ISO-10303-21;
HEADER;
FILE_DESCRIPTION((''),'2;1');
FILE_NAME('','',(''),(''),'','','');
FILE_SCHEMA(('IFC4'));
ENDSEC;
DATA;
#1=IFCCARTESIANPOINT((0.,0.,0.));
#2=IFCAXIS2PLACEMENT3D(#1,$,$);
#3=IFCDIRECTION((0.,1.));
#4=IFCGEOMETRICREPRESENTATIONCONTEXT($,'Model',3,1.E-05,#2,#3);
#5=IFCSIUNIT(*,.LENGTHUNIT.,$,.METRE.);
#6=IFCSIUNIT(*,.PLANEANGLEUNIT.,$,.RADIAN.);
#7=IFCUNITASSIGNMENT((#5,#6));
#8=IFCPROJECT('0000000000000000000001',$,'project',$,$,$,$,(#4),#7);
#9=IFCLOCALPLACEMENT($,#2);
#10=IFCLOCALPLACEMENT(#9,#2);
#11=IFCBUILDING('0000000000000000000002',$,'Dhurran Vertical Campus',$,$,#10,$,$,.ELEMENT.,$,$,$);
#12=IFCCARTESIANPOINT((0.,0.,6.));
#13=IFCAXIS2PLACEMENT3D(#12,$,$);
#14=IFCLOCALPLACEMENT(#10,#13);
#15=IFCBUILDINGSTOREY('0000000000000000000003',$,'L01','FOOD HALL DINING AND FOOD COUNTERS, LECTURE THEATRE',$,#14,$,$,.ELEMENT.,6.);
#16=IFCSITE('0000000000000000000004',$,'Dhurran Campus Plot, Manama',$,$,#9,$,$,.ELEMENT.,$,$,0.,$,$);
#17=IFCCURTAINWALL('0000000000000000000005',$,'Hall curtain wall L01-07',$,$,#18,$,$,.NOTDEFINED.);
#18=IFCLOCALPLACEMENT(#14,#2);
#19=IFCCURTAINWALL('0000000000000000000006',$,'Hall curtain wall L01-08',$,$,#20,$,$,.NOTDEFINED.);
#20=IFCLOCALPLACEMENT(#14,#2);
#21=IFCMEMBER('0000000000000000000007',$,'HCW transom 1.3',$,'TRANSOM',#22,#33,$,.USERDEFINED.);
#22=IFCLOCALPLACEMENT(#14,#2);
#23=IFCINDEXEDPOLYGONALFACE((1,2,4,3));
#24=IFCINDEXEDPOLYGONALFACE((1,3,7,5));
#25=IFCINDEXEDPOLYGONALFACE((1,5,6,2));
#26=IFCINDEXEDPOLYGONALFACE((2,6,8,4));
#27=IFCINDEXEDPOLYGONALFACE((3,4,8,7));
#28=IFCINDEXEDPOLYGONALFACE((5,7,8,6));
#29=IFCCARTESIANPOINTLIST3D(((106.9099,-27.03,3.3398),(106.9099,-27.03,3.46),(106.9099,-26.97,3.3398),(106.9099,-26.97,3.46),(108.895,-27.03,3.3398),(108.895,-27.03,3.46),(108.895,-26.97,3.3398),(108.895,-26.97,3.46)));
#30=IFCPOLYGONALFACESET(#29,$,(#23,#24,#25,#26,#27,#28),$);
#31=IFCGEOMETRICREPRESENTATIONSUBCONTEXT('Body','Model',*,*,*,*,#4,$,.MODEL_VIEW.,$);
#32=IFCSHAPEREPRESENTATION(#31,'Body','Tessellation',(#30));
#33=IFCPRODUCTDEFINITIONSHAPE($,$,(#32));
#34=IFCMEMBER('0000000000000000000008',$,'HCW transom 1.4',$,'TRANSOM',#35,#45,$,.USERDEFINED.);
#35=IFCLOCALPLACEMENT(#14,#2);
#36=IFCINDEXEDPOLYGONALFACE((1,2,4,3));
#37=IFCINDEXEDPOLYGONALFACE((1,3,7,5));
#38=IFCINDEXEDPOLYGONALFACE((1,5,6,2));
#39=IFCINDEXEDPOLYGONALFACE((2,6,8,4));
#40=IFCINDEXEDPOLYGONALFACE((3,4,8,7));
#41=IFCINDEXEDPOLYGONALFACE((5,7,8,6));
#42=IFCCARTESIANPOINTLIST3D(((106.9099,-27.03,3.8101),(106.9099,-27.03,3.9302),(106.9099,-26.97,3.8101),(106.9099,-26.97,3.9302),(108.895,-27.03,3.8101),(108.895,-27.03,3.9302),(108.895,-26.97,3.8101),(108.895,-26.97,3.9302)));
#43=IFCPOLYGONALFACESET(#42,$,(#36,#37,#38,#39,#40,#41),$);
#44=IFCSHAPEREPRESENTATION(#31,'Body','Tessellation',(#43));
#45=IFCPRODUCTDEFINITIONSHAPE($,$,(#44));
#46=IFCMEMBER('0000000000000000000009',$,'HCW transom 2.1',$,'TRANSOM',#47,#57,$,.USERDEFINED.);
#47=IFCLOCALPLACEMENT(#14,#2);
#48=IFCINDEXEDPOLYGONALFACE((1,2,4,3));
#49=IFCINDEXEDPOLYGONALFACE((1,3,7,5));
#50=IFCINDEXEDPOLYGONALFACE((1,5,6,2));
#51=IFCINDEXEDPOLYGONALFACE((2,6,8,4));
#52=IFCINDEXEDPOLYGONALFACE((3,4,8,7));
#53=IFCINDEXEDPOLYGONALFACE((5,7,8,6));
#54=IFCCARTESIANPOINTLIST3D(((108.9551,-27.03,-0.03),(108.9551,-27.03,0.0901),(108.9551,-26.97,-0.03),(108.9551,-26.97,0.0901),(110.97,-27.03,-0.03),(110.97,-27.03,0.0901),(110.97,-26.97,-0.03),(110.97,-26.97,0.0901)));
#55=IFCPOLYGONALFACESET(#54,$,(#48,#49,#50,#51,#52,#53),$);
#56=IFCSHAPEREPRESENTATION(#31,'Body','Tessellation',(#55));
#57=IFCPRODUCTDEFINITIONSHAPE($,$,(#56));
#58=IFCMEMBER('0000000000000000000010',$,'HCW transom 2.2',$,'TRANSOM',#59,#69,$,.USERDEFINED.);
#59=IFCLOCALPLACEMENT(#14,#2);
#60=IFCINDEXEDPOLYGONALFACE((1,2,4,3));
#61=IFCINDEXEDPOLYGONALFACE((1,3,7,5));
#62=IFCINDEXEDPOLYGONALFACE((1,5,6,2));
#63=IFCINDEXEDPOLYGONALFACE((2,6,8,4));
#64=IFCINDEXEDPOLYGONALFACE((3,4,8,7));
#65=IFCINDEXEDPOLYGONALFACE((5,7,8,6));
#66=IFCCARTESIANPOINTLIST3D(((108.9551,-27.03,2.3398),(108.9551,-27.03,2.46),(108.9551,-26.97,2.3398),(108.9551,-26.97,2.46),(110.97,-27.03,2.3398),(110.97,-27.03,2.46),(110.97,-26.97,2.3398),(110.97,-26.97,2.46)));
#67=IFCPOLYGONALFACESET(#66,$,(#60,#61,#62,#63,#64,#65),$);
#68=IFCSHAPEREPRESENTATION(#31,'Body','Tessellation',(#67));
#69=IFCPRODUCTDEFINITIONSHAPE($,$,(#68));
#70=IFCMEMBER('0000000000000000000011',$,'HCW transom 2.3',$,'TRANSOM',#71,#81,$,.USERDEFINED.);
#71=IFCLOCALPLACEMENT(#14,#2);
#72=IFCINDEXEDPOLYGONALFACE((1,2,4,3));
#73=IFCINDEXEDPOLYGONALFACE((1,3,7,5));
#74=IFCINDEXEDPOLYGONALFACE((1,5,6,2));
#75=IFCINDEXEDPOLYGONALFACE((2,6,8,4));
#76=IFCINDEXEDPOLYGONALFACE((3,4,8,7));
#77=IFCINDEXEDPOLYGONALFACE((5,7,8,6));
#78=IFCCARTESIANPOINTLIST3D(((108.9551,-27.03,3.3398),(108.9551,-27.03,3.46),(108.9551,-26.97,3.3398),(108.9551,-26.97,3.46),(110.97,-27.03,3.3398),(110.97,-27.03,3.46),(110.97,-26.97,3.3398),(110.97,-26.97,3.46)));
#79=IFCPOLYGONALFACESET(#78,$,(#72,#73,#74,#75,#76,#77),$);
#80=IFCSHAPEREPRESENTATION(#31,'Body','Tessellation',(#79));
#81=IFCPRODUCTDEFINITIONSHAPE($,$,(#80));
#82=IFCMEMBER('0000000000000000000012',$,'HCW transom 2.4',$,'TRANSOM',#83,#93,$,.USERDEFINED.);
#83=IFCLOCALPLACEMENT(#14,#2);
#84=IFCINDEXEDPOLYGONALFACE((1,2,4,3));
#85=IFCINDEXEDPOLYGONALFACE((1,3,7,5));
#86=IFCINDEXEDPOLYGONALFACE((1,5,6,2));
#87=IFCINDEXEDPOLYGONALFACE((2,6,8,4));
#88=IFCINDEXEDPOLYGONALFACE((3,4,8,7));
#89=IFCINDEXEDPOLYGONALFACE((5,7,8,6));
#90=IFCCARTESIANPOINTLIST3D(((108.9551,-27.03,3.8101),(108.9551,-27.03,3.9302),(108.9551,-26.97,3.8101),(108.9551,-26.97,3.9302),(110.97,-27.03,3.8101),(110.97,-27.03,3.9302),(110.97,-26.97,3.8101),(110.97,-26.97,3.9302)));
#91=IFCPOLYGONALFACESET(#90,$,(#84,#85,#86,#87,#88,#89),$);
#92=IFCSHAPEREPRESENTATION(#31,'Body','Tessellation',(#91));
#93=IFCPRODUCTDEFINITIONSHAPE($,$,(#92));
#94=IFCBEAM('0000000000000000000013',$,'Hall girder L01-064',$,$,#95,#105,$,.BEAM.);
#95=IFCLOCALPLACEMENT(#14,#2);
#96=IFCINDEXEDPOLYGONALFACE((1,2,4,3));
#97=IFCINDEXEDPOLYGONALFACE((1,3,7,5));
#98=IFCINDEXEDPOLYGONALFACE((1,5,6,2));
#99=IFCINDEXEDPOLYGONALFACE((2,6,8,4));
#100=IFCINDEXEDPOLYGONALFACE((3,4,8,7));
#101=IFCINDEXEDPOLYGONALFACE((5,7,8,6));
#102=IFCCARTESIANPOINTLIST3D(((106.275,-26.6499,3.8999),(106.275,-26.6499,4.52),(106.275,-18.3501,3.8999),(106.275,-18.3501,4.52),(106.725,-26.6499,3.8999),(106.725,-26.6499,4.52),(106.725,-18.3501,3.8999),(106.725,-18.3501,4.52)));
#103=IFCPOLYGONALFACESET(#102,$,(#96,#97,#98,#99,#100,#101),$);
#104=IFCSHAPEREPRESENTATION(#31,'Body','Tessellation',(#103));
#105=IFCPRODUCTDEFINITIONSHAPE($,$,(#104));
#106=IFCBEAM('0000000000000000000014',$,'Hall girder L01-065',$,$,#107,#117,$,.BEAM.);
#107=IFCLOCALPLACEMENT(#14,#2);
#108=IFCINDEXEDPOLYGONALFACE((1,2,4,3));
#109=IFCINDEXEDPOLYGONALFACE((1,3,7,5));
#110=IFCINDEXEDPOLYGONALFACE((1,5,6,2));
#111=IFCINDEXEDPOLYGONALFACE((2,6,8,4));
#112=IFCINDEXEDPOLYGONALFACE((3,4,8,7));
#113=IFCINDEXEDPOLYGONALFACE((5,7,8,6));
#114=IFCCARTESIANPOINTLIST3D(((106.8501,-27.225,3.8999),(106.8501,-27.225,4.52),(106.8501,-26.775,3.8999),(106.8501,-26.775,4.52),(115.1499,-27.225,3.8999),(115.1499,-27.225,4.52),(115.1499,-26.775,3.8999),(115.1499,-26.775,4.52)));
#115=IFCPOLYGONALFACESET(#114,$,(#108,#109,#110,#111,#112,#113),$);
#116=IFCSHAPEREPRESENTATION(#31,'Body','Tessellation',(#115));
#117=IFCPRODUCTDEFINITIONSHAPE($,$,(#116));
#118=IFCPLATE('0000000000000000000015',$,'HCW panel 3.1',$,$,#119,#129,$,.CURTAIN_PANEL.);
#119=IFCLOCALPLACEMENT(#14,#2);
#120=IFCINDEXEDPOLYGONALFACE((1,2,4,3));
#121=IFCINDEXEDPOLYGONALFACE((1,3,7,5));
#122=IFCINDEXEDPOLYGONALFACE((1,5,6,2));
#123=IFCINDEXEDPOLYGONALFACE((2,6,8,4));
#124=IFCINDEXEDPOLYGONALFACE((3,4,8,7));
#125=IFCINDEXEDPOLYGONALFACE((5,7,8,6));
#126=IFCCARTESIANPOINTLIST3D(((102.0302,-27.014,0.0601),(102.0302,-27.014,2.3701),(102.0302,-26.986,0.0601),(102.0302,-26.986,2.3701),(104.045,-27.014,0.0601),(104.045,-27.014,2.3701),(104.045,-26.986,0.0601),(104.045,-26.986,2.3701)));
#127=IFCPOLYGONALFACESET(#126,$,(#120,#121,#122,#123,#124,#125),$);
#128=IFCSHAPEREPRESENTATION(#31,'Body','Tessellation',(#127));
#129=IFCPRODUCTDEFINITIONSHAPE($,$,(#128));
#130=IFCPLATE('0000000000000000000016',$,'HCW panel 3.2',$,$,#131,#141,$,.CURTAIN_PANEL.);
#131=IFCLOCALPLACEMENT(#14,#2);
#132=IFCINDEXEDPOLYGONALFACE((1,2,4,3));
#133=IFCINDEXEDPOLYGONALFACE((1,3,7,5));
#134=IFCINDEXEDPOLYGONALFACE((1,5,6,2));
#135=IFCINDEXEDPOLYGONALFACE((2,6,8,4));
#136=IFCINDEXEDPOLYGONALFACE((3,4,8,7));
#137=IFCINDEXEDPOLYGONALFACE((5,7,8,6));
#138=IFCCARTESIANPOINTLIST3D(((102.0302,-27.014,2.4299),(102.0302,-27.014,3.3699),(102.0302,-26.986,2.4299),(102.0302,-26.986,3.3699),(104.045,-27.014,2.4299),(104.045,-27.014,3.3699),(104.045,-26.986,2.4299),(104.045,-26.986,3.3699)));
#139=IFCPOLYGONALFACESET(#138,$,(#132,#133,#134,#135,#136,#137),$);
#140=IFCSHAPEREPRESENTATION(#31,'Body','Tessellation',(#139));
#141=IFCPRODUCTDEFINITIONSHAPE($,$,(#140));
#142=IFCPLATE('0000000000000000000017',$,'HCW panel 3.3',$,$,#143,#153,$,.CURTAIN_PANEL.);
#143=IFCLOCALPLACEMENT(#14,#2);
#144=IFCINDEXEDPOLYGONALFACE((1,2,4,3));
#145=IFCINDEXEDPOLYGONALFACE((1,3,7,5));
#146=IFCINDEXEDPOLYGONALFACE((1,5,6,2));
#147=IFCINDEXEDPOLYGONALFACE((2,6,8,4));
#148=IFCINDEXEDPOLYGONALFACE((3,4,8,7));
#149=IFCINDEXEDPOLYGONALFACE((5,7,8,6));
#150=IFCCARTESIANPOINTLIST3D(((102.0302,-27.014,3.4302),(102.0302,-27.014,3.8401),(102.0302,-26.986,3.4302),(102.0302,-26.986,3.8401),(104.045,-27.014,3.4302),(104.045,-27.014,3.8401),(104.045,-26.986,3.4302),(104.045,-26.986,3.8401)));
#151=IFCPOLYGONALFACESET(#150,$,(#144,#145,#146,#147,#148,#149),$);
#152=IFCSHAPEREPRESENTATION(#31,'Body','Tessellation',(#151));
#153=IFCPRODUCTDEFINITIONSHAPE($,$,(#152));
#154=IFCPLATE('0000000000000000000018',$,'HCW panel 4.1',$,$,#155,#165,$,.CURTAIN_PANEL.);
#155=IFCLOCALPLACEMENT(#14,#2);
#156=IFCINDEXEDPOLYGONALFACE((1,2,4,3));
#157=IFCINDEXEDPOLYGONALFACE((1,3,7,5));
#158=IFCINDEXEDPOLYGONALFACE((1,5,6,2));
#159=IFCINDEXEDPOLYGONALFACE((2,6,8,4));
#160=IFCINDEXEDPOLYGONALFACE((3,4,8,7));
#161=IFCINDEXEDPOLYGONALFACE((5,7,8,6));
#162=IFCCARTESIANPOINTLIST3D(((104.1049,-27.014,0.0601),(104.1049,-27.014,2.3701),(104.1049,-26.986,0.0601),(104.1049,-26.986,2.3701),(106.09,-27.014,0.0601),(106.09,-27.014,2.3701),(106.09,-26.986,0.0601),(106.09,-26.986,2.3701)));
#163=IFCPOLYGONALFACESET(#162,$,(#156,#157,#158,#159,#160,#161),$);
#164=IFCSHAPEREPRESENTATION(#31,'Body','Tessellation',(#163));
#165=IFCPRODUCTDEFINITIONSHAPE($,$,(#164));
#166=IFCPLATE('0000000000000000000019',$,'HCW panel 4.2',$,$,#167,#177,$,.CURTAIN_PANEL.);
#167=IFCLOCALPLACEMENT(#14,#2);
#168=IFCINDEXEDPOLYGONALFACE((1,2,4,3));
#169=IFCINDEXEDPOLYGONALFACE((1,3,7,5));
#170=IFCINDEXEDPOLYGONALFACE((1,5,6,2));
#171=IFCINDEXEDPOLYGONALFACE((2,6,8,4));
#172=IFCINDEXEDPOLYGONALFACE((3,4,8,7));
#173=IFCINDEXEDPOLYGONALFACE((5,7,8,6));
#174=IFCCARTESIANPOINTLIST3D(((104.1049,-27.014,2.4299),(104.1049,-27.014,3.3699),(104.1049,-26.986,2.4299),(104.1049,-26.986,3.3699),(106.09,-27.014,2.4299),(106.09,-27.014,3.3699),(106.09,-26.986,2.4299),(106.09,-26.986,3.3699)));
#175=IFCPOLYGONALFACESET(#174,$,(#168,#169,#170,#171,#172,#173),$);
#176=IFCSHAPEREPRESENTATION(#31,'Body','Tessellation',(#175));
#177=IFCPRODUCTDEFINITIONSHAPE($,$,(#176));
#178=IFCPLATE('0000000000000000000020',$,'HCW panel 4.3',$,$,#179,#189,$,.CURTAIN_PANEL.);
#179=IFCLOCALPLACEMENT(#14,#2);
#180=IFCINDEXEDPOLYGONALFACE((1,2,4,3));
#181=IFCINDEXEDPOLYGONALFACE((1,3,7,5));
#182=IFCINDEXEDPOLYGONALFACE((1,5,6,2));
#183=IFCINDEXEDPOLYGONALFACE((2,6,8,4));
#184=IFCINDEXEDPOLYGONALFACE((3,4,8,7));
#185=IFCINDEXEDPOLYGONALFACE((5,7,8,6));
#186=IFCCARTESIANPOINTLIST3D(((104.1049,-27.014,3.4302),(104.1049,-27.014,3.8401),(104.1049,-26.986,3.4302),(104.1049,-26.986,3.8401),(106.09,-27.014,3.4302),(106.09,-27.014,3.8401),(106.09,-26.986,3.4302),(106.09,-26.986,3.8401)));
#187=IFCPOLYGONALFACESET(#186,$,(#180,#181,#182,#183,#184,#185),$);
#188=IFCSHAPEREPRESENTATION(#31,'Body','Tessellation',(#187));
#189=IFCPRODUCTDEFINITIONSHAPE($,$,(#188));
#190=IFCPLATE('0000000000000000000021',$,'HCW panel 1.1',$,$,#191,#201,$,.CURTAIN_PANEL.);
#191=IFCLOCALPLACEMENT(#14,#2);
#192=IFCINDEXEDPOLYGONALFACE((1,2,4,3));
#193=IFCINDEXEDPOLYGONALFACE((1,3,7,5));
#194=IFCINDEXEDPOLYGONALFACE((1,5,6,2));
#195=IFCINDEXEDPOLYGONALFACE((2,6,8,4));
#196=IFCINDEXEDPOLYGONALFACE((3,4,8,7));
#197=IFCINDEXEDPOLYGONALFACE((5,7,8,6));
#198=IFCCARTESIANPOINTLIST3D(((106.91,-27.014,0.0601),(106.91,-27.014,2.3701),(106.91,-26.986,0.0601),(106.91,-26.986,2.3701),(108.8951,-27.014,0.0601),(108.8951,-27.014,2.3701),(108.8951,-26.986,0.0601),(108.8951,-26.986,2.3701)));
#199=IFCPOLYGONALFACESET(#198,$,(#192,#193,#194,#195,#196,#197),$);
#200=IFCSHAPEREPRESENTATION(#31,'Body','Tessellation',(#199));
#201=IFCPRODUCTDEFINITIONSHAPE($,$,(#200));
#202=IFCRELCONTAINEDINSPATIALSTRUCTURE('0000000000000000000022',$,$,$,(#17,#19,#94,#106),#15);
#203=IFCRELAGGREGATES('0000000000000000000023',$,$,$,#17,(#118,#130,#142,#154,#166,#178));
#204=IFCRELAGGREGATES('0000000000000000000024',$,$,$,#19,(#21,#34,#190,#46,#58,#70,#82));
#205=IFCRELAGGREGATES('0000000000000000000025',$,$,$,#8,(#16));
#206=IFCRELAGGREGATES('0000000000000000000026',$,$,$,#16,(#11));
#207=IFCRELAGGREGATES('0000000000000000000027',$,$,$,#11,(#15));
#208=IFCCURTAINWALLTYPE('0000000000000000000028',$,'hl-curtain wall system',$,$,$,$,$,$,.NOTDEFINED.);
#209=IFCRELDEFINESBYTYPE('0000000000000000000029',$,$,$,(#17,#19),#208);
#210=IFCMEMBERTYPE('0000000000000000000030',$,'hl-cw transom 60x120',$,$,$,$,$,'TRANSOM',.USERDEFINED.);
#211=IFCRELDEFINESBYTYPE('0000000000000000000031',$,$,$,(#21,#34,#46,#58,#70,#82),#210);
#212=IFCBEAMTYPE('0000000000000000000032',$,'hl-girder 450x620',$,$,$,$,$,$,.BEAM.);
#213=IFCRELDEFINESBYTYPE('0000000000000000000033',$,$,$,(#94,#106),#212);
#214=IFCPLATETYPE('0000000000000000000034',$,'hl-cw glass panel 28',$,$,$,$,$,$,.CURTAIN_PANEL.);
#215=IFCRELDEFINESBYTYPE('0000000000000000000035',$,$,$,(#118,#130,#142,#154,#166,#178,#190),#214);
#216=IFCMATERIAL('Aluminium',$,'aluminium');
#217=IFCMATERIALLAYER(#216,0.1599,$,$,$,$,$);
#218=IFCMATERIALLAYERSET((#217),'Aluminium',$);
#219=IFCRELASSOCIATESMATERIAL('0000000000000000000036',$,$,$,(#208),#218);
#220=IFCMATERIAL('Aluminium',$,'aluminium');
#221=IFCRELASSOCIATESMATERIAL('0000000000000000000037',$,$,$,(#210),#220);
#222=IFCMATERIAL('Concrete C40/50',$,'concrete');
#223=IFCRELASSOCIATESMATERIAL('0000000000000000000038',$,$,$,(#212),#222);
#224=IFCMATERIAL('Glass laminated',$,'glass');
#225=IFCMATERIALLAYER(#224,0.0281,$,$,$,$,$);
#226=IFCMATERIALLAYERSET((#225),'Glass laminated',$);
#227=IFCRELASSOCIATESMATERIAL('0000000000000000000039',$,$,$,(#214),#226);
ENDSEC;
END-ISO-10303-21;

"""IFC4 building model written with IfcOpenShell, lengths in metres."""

from ifc_helpers import new_model, si_unit, direction, frame, origin, origin_2d, place, context, subcontext, project, spatial, rectangle, extrude, material, layer, layer_set, material_profile, profile_set, type_object, element, aggregate, save


model = new_model("IFC4")

# Units and contexts
model_context = context("Model", 3, precision=1e-05, world=origin(), true_north=direction((0.0, 1.0)))
body_context = subcontext(model_context, "Body", "Model", "MODEL_VIEW")
ifc_project = project(units=[si_unit("LENGTHUNIT", "METRE"), si_unit("PLANEANGLEUNIT", "RADIAN")], contexts=[model_context])

# Site, building, storey
site_placement = place(None, origin())
site = spatial("IfcSite", under=ifc_project, at=site_placement, Name="Dhurran Campus Plot, Manama", CompositionType="ELEMENT", RefElevation=0.0)
building_placement = place(site_placement, origin())
building = spatial("IfcBuilding", under=site, at=building_placement, Name="Dhurran Vertical Campus", CompositionType="ELEMENT")
storey_placement = place(building_placement, frame((0.0, 0.0, 6.0)))
storey = spatial("IfcBuildingStorey", under=building, at=storey_placement, Name="L01", Description="FOOD HALL DINING AND FOOD COUNTERS, LECTURE THEATRE", CompositionType="ELEMENT", Elevation=6.0)

# Curtain walls
ifc_material_1 = material(Name="Aluminium", Category="aluminium")
ifc_layer_1 = layer(ifc_material_1, 0.1599)
ifc_layer_set_1 = layer_set([ifc_layer_1], Name="Aluminium")
curtain_wall_type = type_object("IfcCurtainWallType", Name="hl-curtain wall system", PredefinedType="NOTDEFINED", material=ifc_layer_set_1)
curtain_wall_1_placement = place(storey_placement, origin())
curtain_wall_1 = element("IfcCurtainWall", 1, at=curtain_wall_1_placement, inside=storey, type_object=curtain_wall_type, Name="Hall curtain wall L01-07", PredefinedType="NOTDEFINED")
curtain_wall_2_placement = place(storey_placement, origin())
curtain_wall_2 = element("IfcCurtainWall", 2, at=curtain_wall_2_placement, inside=storey, type_object=curtain_wall_type, Name="Hall curtain wall L01-08", PredefinedType="NOTDEFINED")

# Members
ifc_material_2 = material(Name="Aluminium", Category="aluminium")
ifc_material_profile_1 = material_profile(ifc_material_2, rectangle(XDim=0.0601, YDim=0.1201, at=origin_2d()), Name="hl-cw transom 60x120")
ifc_profile_set_1 = profile_set([ifc_material_profile_1], Name="Aluminium")
member_type_1 = type_object("IfcMemberType", Name="hl-cw transom 60x120", ElementType="TRANSOM", PredefinedType="USERDEFINED", material=ifc_profile_set_1)
member_1_placement = place(storey_placement, frame((106.9099, -27.0, 3.3999), z_axis=(1.0, 0.0, 0.0), x_axis=(0.0, 1.0, 0.0)))
member_1 = element("IfcMember", 3, at=member_1_placement, type_object=member_type_1, Name="HCW transom 1.3", ObjectType="TRANSOM", PredefinedType="USERDEFINED", context=body_context, shape_type="SweptSolid", body=[
    extrude(rectangle(XDim=0.0601, YDim=0.1201, at=origin_2d()), origin(), (0.0, 0.0, 1.0), 1.9851),
])
member_2_placement = place(storey_placement, frame((106.9099, -27.0, 3.8701), z_axis=(1.0, 0.0, 0.0), x_axis=(0.0, 1.0, 0.0)))
member_2 = element("IfcMember", 4, at=member_2_placement, type_object=member_type_1, Name="HCW transom 1.4", ObjectType="TRANSOM", PredefinedType="USERDEFINED", context=body_context, shape_type="SweptSolid", body=[
    extrude(rectangle(XDim=0.0601, YDim=0.1201, at=origin_2d()), origin(), (0.0, 0.0, 1.0), 1.9851),
])
member_3_placement = place(storey_placement, frame((108.9551, -27.0, 0.03), z_axis=(1.0, 0.0, 0.0), x_axis=(0.0, 1.0, 0.0)))
member_3 = element("IfcMember", 5, at=member_3_placement, type_object=member_type_1, Name="HCW transom 2.1", ObjectType="TRANSOM", PredefinedType="USERDEFINED", context=body_context, shape_type="SweptSolid", body=[
    extrude(rectangle(XDim=0.0601, YDim=0.1201, at=origin_2d()), origin(), (0.0, 0.0, 1.0), 2.0149),
])
member_4_placement = place(storey_placement, frame((108.9551, -27.0, 2.3999), z_axis=(1.0, 0.0, 0.0), x_axis=(0.0, 1.0, 0.0)))
member_4 = element("IfcMember", 6, at=member_4_placement, type_object=member_type_1, Name="HCW transom 2.2", ObjectType="TRANSOM", PredefinedType="USERDEFINED", context=body_context, shape_type="SweptSolid", body=[
    extrude(rectangle(XDim=0.0601, YDim=0.1201, at=origin_2d()), origin(), (0.0, 0.0, 1.0), 2.0149),
])
member_5_placement = place(storey_placement, frame((108.9551, -27.0, 3.3999), z_axis=(1.0, 0.0, 0.0), x_axis=(0.0, 1.0, 0.0)))
member_5 = element("IfcMember", 7, at=member_5_placement, type_object=member_type_1, Name="HCW transom 2.3", ObjectType="TRANSOM", PredefinedType="USERDEFINED", context=body_context, shape_type="SweptSolid", body=[
    extrude(rectangle(XDim=0.0601, YDim=0.1201, at=origin_2d()), origin(), (0.0, 0.0, 1.0), 2.0149),
])
member_6_placement = place(storey_placement, frame((108.9551, -27.0, 3.8701), z_axis=(1.0, 0.0, 0.0), x_axis=(0.0, 1.0, 0.0)))
member_6 = element("IfcMember", 8, at=member_6_placement, type_object=member_type_1, Name="HCW transom 2.4", ObjectType="TRANSOM", PredefinedType="USERDEFINED", context=body_context, shape_type="SweptSolid", body=[
    extrude(rectangle(XDim=0.0601, YDim=0.1201, at=origin_2d()), origin(), (0.0, 0.0, 1.0), 2.0149),
])

# Beams
ifc_material_3 = material(Name="Concrete C40/50", Category="concrete")
ifc_material_profile_2 = material_profile(ifc_material_3, rectangle(XDim=0.45, YDim=0.6201, at=origin_2d()), Name="hl-girder 450x620")
ifc_profile_set_2 = profile_set([ifc_material_profile_2], Name="Concrete C40/50")
beam_type = type_object("IfcBeamType", Name="hl-girder 450x620", PredefinedType="BEAM", material=ifc_profile_set_2)
for number, where, z_axis, x_axis, name in (
    (9, (106.5, -26.6499, 4.21), (0.0, 1.0, 0.0), (-1.0, 0.0, 0.0), "Hall girder L01-064"),
    (10, (106.8501, -27.0, 4.21), (1.0, 0.0, 0.0), (0.0, 1.0, 0.0), "Hall girder L01-065"),
):
    element("IfcBeam", number, at=place(storey_placement, frame(where, z_axis=z_axis, x_axis=x_axis)), inside=storey, type_object=beam_type, Name=name, PredefinedType="BEAM", context=body_context, shape_type="SweptSolid", body=[
        extrude(rectangle(XDim=0.45, YDim=0.6201, at=origin_2d()), origin(), (0.0, 0.0, 1.0), 8.2998),
    ])

# Plates
ifc_material_4 = material(Name="Glass laminated", Category="glass")
ifc_layer_2 = layer(ifc_material_4, 0.0281)
ifc_layer_set_2 = layer_set([ifc_layer_2], Name="Glass laminated")
plate_type = type_object("IfcPlateType", Name="hl-cw glass panel 28", PredefinedType="CURTAIN_PANEL", material=ifc_layer_set_2)
plate_1_placement = place(storey_placement, frame((103.0376, -27.0, 0.0601), z_axis=(0.0, 0.0, 1.0), x_axis=(1.0, 0.0, 0.0)))
plate_1 = element("IfcPlate", 11, at=plate_1_placement, type_object=plate_type, Name="HCW panel 3.1", PredefinedType="CURTAIN_PANEL", context=body_context, shape_type="SweptSolid", body=[
    extrude(rectangle(XDim=2.0149, YDim=0.0281, at=origin_2d()), origin(), (0.0, 0.0, 1.0), 2.3101),
])
plate_2_placement = place(storey_placement, frame((103.0376, -27.0, 2.4299), z_axis=(0.0, 0.0, 1.0), x_axis=(1.0, 0.0, 0.0)))
plate_2 = element("IfcPlate", 12, at=plate_2_placement, type_object=plate_type, Name="HCW panel 3.2", PredefinedType="CURTAIN_PANEL", context=body_context, shape_type="SweptSolid", body=[
    extrude(rectangle(XDim=2.0149, YDim=0.0281, at=origin_2d()), origin(), (0.0, 0.0, 1.0), 0.9399),
])
plate_3_placement = place(storey_placement, frame((103.0376, -27.0, 3.4302), z_axis=(0.0, 0.0, 1.0), x_axis=(1.0, 0.0, 0.0)))
plate_3 = element("IfcPlate", 13, at=plate_3_placement, type_object=plate_type, Name="HCW panel 3.3", PredefinedType="CURTAIN_PANEL", context=body_context, shape_type="SweptSolid", body=[
    extrude(rectangle(XDim=2.0149, YDim=0.0281, at=origin_2d()), origin(), (0.0, 0.0, 1.0), 0.4099),
])
plate_4_placement = place(storey_placement, frame((105.0974, -27.0, 0.0601), z_axis=(0.0, 0.0, 1.0), x_axis=(1.0, 0.0, 0.0)))
plate_4 = element("IfcPlate", 14, at=plate_4_placement, type_object=plate_type, Name="HCW panel 4.1", PredefinedType="CURTAIN_PANEL", context=body_context, shape_type="SweptSolid", body=[
    extrude(rectangle(XDim=1.9851, YDim=0.0281, at=origin_2d()), origin(), (0.0, 0.0, 1.0), 2.3101),
])
plate_5_placement = place(storey_placement, frame((105.0974, -27.0, 2.4299), z_axis=(0.0, 0.0, 1.0), x_axis=(1.0, 0.0, 0.0)))
plate_5 = element("IfcPlate", 15, at=plate_5_placement, type_object=plate_type, Name="HCW panel 4.2", PredefinedType="CURTAIN_PANEL", context=body_context, shape_type="SweptSolid", body=[
    extrude(rectangle(XDim=1.9851, YDim=0.0281, at=origin_2d()), origin(), (0.0, 0.0, 1.0), 0.9399),
])
plate_6_placement = place(storey_placement, frame((105.0974, -27.0, 3.4302), z_axis=(0.0, 0.0, 1.0), x_axis=(1.0, 0.0, 0.0)))
plate_6 = element("IfcPlate", 16, at=plate_6_placement, type_object=plate_type, Name="HCW panel 4.3", PredefinedType="CURTAIN_PANEL", context=body_context, shape_type="SweptSolid", body=[
    extrude(rectangle(XDim=1.9851, YDim=0.0281, at=origin_2d()), origin(), (0.0, 0.0, 1.0), 0.4099),
])
aggregate(curtain_wall_1, [plate_1, plate_2, plate_3, plate_4, plate_5, plate_6])
plate_7_placement = place(storey_placement, frame((107.9026, -27.0, 0.0601), z_axis=(0.0, 0.0, 1.0), x_axis=(1.0, 0.0, 0.0)))
plate_7 = element("IfcPlate", 17, at=plate_7_placement, type_object=plate_type, Name="HCW panel 1.1", PredefinedType="CURTAIN_PANEL", context=body_context, shape_type="SweptSolid", body=[
    extrude(rectangle(XDim=1.9851, YDim=0.0281, at=origin_2d()), origin(), (0.0, 0.0, 1.0), 2.3101),
])
aggregate(curtain_wall_2, [member_1, member_2, plate_7, member_3, member_4, member_5, member_6])

save(model, "model.ifc")
